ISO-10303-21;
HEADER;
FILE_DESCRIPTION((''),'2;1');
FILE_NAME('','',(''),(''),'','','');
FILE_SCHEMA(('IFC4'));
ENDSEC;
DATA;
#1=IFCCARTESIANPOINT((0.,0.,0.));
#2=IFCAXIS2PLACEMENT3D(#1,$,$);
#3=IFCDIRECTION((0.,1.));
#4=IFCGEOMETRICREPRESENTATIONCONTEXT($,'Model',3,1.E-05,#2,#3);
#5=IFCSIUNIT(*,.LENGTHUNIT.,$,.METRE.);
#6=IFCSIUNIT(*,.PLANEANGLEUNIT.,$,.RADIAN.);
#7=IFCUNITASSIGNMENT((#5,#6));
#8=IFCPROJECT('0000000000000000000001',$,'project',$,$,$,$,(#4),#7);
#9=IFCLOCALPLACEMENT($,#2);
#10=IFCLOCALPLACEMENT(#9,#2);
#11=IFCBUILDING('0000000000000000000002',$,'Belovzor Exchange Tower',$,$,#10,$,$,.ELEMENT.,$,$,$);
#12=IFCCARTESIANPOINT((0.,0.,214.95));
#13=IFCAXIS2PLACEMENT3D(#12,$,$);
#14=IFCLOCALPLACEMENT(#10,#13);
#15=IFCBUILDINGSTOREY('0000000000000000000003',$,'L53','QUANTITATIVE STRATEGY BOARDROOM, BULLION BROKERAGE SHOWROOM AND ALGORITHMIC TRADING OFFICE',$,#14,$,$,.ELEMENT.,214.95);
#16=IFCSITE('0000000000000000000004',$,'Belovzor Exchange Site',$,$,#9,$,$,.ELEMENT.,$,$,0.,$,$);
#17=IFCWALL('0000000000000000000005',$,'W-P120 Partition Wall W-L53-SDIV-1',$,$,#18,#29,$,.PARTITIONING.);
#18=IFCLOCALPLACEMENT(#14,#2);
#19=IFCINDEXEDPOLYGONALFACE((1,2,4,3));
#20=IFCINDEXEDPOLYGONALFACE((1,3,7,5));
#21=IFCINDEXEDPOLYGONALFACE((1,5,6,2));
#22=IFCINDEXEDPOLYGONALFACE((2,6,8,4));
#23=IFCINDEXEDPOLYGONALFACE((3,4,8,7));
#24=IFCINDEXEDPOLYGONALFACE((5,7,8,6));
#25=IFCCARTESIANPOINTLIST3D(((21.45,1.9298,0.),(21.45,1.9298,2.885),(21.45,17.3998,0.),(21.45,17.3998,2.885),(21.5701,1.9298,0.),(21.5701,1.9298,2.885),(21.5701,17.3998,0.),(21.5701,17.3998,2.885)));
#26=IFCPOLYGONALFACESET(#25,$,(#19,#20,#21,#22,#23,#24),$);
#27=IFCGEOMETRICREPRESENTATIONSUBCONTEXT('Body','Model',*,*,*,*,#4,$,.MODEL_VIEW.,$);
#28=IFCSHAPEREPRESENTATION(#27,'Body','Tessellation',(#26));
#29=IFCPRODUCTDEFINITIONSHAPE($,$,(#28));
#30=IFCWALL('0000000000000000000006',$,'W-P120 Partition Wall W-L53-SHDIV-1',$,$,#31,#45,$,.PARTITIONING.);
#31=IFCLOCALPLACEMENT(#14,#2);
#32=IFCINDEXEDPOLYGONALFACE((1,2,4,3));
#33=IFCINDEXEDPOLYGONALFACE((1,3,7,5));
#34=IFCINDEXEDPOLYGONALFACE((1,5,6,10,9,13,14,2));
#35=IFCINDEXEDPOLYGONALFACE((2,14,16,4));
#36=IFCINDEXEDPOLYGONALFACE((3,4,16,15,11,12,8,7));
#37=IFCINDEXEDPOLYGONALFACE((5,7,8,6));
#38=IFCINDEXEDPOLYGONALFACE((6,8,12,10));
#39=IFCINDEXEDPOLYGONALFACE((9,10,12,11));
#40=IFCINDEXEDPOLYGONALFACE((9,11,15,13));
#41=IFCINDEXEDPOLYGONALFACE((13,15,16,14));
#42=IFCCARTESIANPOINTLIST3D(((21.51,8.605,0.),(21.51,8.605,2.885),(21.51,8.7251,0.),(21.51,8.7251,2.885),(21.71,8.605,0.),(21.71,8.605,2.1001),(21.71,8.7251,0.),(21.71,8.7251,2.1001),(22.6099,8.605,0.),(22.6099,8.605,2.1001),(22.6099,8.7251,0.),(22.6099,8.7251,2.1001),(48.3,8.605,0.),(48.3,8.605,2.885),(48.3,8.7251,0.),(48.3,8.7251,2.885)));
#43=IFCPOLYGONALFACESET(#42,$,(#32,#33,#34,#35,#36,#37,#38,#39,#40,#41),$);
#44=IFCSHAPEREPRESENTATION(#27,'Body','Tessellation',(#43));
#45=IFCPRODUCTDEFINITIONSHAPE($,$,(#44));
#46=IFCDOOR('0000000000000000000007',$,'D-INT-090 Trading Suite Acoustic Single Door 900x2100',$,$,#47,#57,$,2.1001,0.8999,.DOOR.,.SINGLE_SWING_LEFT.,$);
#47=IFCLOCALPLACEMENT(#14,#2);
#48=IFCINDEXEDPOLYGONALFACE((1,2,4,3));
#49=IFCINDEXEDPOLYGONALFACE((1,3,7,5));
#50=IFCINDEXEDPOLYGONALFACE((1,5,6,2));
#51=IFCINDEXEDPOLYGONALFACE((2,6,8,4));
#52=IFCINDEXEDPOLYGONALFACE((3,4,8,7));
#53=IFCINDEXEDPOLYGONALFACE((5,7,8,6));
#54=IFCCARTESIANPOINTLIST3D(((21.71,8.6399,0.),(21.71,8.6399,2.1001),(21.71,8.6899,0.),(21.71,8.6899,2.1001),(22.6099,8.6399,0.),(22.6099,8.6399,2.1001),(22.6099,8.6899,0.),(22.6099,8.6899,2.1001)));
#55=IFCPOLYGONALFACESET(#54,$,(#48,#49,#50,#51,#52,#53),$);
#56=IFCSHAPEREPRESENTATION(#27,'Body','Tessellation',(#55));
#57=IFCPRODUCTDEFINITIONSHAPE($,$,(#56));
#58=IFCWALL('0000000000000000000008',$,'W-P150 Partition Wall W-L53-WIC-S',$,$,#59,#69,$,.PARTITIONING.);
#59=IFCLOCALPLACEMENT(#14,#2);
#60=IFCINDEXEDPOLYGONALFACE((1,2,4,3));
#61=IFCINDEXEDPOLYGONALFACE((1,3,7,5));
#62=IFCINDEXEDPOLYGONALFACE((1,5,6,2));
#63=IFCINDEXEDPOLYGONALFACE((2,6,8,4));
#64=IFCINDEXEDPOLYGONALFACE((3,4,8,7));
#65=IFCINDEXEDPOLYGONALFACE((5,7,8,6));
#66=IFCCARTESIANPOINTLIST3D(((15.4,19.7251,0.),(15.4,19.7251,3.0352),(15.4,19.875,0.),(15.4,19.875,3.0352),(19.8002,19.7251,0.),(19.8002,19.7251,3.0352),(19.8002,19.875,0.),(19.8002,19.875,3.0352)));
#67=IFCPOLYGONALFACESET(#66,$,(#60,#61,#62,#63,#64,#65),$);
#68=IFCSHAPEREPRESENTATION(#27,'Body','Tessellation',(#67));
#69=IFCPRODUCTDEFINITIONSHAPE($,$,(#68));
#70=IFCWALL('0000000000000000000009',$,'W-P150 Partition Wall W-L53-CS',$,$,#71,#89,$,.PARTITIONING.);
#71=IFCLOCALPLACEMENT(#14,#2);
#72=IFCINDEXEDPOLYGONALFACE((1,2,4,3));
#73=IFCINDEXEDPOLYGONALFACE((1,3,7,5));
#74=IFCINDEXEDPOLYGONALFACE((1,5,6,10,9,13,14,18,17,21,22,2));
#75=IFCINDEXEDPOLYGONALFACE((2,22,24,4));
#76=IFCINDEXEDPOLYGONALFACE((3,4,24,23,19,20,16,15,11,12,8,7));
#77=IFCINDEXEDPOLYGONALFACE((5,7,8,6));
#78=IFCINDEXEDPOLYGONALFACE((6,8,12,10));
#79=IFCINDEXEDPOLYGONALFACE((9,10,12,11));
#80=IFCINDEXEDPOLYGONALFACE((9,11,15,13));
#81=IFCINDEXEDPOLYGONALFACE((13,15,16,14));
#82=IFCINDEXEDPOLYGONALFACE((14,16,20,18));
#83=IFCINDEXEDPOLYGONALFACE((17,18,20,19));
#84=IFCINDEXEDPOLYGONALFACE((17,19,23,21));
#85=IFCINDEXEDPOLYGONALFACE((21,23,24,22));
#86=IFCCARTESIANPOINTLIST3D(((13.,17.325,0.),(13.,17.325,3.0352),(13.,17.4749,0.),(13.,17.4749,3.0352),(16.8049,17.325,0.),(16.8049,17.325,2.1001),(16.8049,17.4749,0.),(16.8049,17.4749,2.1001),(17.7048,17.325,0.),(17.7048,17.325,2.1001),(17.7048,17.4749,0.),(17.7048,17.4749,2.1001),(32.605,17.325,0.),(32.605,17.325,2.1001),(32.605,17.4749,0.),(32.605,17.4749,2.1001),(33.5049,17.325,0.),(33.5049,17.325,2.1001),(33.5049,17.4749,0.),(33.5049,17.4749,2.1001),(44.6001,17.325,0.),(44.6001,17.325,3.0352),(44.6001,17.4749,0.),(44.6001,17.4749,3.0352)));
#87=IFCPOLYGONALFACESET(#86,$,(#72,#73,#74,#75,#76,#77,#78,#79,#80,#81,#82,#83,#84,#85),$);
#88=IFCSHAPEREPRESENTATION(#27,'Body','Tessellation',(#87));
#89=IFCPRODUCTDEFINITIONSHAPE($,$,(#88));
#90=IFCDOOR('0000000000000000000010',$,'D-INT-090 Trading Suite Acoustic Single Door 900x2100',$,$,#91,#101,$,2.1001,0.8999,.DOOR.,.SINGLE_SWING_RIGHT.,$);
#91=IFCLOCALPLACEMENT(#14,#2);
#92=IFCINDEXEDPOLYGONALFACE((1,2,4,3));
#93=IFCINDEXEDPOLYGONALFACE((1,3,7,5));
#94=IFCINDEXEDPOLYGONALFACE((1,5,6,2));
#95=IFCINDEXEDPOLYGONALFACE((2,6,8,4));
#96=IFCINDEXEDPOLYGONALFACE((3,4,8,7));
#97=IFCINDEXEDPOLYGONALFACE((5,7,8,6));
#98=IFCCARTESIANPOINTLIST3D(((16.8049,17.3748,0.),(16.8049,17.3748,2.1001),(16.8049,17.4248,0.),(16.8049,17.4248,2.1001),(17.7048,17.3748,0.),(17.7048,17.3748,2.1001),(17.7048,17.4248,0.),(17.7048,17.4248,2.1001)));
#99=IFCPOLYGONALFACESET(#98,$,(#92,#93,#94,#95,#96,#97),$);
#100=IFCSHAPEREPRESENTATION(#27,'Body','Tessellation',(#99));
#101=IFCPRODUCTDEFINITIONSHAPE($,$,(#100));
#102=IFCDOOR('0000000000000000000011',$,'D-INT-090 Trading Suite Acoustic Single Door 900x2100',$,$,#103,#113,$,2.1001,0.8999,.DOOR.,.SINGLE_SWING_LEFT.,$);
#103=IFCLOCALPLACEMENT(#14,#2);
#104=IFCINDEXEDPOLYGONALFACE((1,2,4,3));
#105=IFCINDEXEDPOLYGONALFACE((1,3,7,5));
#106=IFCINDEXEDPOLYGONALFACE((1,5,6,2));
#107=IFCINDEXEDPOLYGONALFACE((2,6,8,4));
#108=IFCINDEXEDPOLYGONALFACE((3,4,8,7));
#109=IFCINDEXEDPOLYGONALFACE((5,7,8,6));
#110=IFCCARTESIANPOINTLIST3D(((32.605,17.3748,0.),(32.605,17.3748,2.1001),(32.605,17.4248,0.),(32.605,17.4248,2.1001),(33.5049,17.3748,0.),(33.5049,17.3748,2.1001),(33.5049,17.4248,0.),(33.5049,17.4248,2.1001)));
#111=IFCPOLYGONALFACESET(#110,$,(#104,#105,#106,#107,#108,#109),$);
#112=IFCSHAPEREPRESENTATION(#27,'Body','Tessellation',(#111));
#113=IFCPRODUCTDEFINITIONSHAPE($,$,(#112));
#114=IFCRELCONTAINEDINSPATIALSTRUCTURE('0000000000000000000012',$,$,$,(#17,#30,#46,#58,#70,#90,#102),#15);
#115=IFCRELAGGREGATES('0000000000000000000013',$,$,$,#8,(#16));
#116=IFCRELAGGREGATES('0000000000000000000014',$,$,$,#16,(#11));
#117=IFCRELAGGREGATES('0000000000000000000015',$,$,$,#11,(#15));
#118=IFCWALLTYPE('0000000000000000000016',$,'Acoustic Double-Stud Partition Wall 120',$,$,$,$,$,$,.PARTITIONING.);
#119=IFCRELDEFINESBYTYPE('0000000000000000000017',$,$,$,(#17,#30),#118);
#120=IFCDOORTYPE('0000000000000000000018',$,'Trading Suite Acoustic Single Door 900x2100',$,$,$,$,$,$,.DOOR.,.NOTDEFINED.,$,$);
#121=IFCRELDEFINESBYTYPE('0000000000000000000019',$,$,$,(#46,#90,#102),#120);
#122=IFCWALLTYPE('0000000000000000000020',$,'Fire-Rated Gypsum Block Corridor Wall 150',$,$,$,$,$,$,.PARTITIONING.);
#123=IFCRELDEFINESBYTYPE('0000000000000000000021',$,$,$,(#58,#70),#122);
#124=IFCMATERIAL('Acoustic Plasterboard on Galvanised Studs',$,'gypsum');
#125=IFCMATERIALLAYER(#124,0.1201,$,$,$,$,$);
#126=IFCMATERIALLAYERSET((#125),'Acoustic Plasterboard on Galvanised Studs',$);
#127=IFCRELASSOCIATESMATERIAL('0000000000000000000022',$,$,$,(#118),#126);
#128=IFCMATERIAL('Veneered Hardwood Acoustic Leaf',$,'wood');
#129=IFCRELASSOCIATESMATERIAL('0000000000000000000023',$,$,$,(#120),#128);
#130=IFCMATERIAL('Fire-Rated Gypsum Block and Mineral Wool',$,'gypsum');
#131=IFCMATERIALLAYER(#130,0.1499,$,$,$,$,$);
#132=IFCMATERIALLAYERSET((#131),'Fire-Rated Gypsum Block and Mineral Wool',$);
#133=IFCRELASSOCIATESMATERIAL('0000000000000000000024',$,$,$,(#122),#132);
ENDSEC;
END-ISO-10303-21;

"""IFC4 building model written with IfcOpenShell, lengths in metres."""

from ifc_helpers import new_model, si_unit, direction, frame, frame_2d, origin, place, context, subcontext, project, spatial, rectangle, extrude, material, layer, layer_set, type_object, element, fill, save


model = new_model("IFC4")

# Units and contexts
model_context = context("Model", 3, precision=1e-05, world=origin(), true_north=direction((0.0, 1.0)))
body_context = subcontext(model_context, "Body", "Model", "MODEL_VIEW")
ifc_project = project(units=[si_unit("LENGTHUNIT", "METRE"), si_unit("PLANEANGLEUNIT", "RADIAN")], contexts=[model_context])

# Site, building, storey
site_placement = place(None, origin())
site = spatial("IfcSite", under=ifc_project, at=site_placement, Name="Belovzor Exchange Site", CompositionType="ELEMENT", RefElevation=0.0)
building_placement = place(site_placement, origin())
building = spatial("IfcBuilding", under=site, at=building_placement, Name="Belovzor Exchange Tower", CompositionType="ELEMENT")
storey_placement = place(building_placement, frame((0.0, 0.0, 214.95)))
storey = spatial("IfcBuildingStorey", under=building, at=storey_placement, Name="L53", Description="QUANTITATIVE STRATEGY BOARDROOM, BULLION BROKERAGE SHOWROOM AND ALGORITHMIC TRADING OFFICE", CompositionType="ELEMENT", Elevation=214.95)

# Wall
ifc_material_1 = material(Name="Acoustic Plasterboard on Galvanised Studs", Category="gypsum")
ifc_layer_1 = layer(ifc_material_1, 0.1201)
ifc_layer_set_1 = layer_set([ifc_layer_1], Name="Acoustic Plasterboard on Galvanised Studs")
wall_type_1 = type_object("IfcWallType", Name="Acoustic Double-Stud Partition Wall 120", PredefinedType="PARTITIONING", material=ifc_layer_set_1)
wall_1_placement = place(storey_placement, frame((21.51, 1.9299, 0.0), z_axis=(0.0, 0.0, 1.0), x_axis=(0.0, 1.0, 0.0)))
element("IfcWall", 1, at=wall_1_placement, inside=storey, type_object=wall_type_1, Name="W-P120 Partition Wall W-L53-SDIV-1", PredefinedType="PARTITIONING", context=body_context, shape_type="SweptSolid", body=[
    extrude(rectangle(XDim=15.47, YDim=0.1201, at=frame_2d((7.7349, 0.0))), origin(), (0.0, 0.0, 1.0), 2.885),
])

# Wall, opening, door
wall_2_placement = place(storey_placement, frame((21.51, 8.665, 0.0), z_axis=(0.0, 0.0, 1.0), x_axis=(1.0, 0.0, 0.0)))
wall_2 = element("IfcWall", 2, at=wall_2_placement, inside=storey, type_object=wall_type_1, Name="W-P120 Partition Wall W-L53-SHDIV-1", PredefinedType="PARTITIONING", context=body_context, shape_type="SweptSolid", body=[
    extrude(rectangle(XDim=26.79, YDim=0.1201, at=frame_2d((13.395, 0.0))), origin(), (0.0, 0.0, 1.0), 2.885),
])
opening_1_placement = place(wall_2_placement, frame((0.2, 0.0, 0.0)))
opening_1 = element("IfcOpeningElement", 3, at=opening_1_placement, cuts=wall_2, PredefinedType="OPENING", context=body_context, shape_type="SweptSolid", body=[
    extrude(rectangle(XDim=0.8999, YDim=2.1001, at=frame_2d((0.45, 1.05))), frame((0.0, 0.0701, 0.0), z_axis=(0.0, -1.0, 0.0), x_axis=(1.0, 0.0, 0.0)), (0.0, 0.0, 1.0), 0.1401),
])
ifc_material_2 = material(Name="Veneered Hardwood Acoustic Leaf", Category="wood")
door_type = type_object("IfcDoorType", Name="Trading Suite Acoustic Single Door 900x2100", OperationType="NOTDEFINED", PredefinedType="DOOR", material=ifc_material_2)
door_1_placement = place(opening_1_placement, origin())
door_1 = element("IfcDoor", 4, at=door_1_placement, inside=storey, type_object=door_type, Name="D-INT-090 Trading Suite Acoustic Single Door 900x2100", OperationType="SINGLE_SWING_LEFT", OverallHeight=2.1001, OverallWidth=0.8999, PredefinedType="DOOR", context=body_context, shape_type="SweptSolid", body=[
    extrude(rectangle(XDim=0.8999, YDim=2.1001, at=frame_2d((0.45, 1.05))), frame((0.0, 0.0249, 0.0), z_axis=(0.0, -1.0, 0.0), x_axis=(1.0, 0.0, 0.0)), (0.0, 0.0, 1.0), 0.05),
])
fill(opening_1, door_1)

# Wall
ifc_material_3 = material(Name="Fire-Rated Gypsum Block and Mineral Wool", Category="gypsum")
ifc_layer_2 = layer(ifc_material_3, 0.1499)
ifc_layer_set_2 = layer_set([ifc_layer_2], Name="Fire-Rated Gypsum Block and Mineral Wool")
wall_type_2 = type_object("IfcWallType", Name="Fire-Rated Gypsum Block Corridor Wall 150", PredefinedType="PARTITIONING", material=ifc_layer_set_2)
wall_3_placement = place(storey_placement, frame((15.3999, 19.8, 0.0), z_axis=(0.0, 0.0, 1.0), x_axis=(1.0, 0.0, 0.0)))
element("IfcWall", 5, at=wall_3_placement, inside=storey, type_object=wall_type_2, Name="W-P150 Partition Wall W-L53-WIC-S", PredefinedType="PARTITIONING", context=body_context, shape_type="SweptSolid", body=[
    extrude(rectangle(XDim=4.4001, YDim=0.1499, at=frame_2d((2.2002, 0.0))), origin(), (0.0, 0.0, 1.0), 3.0352),
])

# Wall, openings, doors
wall_4_placement = place(storey_placement, frame((13.0, 17.3999, 0.0), z_axis=(0.0, 0.0, 1.0), x_axis=(1.0, 0.0, 0.0)))
wall_4 = element("IfcWall", 6, at=wall_4_placement, inside=storey, type_object=wall_type_2, Name="W-P150 Partition Wall W-L53-CS", PredefinedType="PARTITIONING", context=body_context, shape_type="SweptSolid", body=[
    extrude(rectangle(XDim=31.6001, YDim=0.1499, at=frame_2d((15.8, 0.0))), origin(), (0.0, 0.0, 1.0), 3.0352),
])
opening_2_placement = place(wall_4_placement, frame((3.8049, 0.0, 0.0)))
opening_2 = element("IfcOpeningElement", 7, at=opening_2_placement, cuts=wall_4, PredefinedType="OPENING", context=body_context, shape_type="SweptSolid", body=[
    extrude(rectangle(XDim=0.8999, YDim=2.1001, at=frame_2d((0.45, 1.05))), frame((0.0, 0.085, 0.0), z_axis=(0.0, -1.0, 0.0), x_axis=(1.0, 0.0, 0.0)), (0.0, 0.0, 1.0), 0.1699),
])
opening_3_placement = place(wall_4_placement, frame((19.605, 0.0, 0.0)))
opening_3 = element("IfcOpeningElement", 8, at=opening_3_placement, cuts=wall_4, PredefinedType="OPENING", context=body_context, shape_type="SweptSolid", body=[
    extrude(rectangle(XDim=0.8999, YDim=2.1001, at=frame_2d((0.45, 1.05))), frame((0.0, 0.085, 0.0), z_axis=(0.0, -1.0, 0.0), x_axis=(1.0, 0.0, 0.0)), (0.0, 0.0, 1.0), 0.1699),
])
door_2_placement = place(opening_2_placement, origin())
door_2 = element("IfcDoor", 9, at=door_2_placement, inside=storey, type_object=door_type, Name="D-INT-090 Trading Suite Acoustic Single Door 900x2100", OperationType="SINGLE_SWING_RIGHT", OverallHeight=2.1001, OverallWidth=0.8999, PredefinedType="DOOR", context=body_context, shape_type="SweptSolid", body=[
    extrude(rectangle(XDim=0.8999, YDim=2.1001, at=frame_2d((0.45, 1.05))), frame((0.0, 0.0249, 0.0), z_axis=(0.0, -1.0, 0.0), x_axis=(1.0, 0.0, 0.0)), (0.0, 0.0, 1.0), 0.05),
])
fill(opening_2, door_2)
door_3_placement = place(opening_3_placement, origin())
door_3 = element("IfcDoor", 10, at=door_3_placement, inside=storey, type_object=door_type, Name="D-INT-090 Trading Suite Acoustic Single Door 900x2100", OperationType="SINGLE_SWING_LEFT", OverallHeight=2.1001, OverallWidth=0.8999, PredefinedType="DOOR", context=body_context, shape_type="SweptSolid", body=[
    extrude(rectangle(XDim=0.8999, YDim=2.1001, at=frame_2d((0.45, 1.05))), frame((0.0, 0.0249, 0.0), z_axis=(0.0, -1.0, 0.0), x_axis=(1.0, 0.0, 0.0)), (0.0, 0.0, 1.0), 0.05),
])
fill(opening_3, door_3)

save(model, "model.ifc")
